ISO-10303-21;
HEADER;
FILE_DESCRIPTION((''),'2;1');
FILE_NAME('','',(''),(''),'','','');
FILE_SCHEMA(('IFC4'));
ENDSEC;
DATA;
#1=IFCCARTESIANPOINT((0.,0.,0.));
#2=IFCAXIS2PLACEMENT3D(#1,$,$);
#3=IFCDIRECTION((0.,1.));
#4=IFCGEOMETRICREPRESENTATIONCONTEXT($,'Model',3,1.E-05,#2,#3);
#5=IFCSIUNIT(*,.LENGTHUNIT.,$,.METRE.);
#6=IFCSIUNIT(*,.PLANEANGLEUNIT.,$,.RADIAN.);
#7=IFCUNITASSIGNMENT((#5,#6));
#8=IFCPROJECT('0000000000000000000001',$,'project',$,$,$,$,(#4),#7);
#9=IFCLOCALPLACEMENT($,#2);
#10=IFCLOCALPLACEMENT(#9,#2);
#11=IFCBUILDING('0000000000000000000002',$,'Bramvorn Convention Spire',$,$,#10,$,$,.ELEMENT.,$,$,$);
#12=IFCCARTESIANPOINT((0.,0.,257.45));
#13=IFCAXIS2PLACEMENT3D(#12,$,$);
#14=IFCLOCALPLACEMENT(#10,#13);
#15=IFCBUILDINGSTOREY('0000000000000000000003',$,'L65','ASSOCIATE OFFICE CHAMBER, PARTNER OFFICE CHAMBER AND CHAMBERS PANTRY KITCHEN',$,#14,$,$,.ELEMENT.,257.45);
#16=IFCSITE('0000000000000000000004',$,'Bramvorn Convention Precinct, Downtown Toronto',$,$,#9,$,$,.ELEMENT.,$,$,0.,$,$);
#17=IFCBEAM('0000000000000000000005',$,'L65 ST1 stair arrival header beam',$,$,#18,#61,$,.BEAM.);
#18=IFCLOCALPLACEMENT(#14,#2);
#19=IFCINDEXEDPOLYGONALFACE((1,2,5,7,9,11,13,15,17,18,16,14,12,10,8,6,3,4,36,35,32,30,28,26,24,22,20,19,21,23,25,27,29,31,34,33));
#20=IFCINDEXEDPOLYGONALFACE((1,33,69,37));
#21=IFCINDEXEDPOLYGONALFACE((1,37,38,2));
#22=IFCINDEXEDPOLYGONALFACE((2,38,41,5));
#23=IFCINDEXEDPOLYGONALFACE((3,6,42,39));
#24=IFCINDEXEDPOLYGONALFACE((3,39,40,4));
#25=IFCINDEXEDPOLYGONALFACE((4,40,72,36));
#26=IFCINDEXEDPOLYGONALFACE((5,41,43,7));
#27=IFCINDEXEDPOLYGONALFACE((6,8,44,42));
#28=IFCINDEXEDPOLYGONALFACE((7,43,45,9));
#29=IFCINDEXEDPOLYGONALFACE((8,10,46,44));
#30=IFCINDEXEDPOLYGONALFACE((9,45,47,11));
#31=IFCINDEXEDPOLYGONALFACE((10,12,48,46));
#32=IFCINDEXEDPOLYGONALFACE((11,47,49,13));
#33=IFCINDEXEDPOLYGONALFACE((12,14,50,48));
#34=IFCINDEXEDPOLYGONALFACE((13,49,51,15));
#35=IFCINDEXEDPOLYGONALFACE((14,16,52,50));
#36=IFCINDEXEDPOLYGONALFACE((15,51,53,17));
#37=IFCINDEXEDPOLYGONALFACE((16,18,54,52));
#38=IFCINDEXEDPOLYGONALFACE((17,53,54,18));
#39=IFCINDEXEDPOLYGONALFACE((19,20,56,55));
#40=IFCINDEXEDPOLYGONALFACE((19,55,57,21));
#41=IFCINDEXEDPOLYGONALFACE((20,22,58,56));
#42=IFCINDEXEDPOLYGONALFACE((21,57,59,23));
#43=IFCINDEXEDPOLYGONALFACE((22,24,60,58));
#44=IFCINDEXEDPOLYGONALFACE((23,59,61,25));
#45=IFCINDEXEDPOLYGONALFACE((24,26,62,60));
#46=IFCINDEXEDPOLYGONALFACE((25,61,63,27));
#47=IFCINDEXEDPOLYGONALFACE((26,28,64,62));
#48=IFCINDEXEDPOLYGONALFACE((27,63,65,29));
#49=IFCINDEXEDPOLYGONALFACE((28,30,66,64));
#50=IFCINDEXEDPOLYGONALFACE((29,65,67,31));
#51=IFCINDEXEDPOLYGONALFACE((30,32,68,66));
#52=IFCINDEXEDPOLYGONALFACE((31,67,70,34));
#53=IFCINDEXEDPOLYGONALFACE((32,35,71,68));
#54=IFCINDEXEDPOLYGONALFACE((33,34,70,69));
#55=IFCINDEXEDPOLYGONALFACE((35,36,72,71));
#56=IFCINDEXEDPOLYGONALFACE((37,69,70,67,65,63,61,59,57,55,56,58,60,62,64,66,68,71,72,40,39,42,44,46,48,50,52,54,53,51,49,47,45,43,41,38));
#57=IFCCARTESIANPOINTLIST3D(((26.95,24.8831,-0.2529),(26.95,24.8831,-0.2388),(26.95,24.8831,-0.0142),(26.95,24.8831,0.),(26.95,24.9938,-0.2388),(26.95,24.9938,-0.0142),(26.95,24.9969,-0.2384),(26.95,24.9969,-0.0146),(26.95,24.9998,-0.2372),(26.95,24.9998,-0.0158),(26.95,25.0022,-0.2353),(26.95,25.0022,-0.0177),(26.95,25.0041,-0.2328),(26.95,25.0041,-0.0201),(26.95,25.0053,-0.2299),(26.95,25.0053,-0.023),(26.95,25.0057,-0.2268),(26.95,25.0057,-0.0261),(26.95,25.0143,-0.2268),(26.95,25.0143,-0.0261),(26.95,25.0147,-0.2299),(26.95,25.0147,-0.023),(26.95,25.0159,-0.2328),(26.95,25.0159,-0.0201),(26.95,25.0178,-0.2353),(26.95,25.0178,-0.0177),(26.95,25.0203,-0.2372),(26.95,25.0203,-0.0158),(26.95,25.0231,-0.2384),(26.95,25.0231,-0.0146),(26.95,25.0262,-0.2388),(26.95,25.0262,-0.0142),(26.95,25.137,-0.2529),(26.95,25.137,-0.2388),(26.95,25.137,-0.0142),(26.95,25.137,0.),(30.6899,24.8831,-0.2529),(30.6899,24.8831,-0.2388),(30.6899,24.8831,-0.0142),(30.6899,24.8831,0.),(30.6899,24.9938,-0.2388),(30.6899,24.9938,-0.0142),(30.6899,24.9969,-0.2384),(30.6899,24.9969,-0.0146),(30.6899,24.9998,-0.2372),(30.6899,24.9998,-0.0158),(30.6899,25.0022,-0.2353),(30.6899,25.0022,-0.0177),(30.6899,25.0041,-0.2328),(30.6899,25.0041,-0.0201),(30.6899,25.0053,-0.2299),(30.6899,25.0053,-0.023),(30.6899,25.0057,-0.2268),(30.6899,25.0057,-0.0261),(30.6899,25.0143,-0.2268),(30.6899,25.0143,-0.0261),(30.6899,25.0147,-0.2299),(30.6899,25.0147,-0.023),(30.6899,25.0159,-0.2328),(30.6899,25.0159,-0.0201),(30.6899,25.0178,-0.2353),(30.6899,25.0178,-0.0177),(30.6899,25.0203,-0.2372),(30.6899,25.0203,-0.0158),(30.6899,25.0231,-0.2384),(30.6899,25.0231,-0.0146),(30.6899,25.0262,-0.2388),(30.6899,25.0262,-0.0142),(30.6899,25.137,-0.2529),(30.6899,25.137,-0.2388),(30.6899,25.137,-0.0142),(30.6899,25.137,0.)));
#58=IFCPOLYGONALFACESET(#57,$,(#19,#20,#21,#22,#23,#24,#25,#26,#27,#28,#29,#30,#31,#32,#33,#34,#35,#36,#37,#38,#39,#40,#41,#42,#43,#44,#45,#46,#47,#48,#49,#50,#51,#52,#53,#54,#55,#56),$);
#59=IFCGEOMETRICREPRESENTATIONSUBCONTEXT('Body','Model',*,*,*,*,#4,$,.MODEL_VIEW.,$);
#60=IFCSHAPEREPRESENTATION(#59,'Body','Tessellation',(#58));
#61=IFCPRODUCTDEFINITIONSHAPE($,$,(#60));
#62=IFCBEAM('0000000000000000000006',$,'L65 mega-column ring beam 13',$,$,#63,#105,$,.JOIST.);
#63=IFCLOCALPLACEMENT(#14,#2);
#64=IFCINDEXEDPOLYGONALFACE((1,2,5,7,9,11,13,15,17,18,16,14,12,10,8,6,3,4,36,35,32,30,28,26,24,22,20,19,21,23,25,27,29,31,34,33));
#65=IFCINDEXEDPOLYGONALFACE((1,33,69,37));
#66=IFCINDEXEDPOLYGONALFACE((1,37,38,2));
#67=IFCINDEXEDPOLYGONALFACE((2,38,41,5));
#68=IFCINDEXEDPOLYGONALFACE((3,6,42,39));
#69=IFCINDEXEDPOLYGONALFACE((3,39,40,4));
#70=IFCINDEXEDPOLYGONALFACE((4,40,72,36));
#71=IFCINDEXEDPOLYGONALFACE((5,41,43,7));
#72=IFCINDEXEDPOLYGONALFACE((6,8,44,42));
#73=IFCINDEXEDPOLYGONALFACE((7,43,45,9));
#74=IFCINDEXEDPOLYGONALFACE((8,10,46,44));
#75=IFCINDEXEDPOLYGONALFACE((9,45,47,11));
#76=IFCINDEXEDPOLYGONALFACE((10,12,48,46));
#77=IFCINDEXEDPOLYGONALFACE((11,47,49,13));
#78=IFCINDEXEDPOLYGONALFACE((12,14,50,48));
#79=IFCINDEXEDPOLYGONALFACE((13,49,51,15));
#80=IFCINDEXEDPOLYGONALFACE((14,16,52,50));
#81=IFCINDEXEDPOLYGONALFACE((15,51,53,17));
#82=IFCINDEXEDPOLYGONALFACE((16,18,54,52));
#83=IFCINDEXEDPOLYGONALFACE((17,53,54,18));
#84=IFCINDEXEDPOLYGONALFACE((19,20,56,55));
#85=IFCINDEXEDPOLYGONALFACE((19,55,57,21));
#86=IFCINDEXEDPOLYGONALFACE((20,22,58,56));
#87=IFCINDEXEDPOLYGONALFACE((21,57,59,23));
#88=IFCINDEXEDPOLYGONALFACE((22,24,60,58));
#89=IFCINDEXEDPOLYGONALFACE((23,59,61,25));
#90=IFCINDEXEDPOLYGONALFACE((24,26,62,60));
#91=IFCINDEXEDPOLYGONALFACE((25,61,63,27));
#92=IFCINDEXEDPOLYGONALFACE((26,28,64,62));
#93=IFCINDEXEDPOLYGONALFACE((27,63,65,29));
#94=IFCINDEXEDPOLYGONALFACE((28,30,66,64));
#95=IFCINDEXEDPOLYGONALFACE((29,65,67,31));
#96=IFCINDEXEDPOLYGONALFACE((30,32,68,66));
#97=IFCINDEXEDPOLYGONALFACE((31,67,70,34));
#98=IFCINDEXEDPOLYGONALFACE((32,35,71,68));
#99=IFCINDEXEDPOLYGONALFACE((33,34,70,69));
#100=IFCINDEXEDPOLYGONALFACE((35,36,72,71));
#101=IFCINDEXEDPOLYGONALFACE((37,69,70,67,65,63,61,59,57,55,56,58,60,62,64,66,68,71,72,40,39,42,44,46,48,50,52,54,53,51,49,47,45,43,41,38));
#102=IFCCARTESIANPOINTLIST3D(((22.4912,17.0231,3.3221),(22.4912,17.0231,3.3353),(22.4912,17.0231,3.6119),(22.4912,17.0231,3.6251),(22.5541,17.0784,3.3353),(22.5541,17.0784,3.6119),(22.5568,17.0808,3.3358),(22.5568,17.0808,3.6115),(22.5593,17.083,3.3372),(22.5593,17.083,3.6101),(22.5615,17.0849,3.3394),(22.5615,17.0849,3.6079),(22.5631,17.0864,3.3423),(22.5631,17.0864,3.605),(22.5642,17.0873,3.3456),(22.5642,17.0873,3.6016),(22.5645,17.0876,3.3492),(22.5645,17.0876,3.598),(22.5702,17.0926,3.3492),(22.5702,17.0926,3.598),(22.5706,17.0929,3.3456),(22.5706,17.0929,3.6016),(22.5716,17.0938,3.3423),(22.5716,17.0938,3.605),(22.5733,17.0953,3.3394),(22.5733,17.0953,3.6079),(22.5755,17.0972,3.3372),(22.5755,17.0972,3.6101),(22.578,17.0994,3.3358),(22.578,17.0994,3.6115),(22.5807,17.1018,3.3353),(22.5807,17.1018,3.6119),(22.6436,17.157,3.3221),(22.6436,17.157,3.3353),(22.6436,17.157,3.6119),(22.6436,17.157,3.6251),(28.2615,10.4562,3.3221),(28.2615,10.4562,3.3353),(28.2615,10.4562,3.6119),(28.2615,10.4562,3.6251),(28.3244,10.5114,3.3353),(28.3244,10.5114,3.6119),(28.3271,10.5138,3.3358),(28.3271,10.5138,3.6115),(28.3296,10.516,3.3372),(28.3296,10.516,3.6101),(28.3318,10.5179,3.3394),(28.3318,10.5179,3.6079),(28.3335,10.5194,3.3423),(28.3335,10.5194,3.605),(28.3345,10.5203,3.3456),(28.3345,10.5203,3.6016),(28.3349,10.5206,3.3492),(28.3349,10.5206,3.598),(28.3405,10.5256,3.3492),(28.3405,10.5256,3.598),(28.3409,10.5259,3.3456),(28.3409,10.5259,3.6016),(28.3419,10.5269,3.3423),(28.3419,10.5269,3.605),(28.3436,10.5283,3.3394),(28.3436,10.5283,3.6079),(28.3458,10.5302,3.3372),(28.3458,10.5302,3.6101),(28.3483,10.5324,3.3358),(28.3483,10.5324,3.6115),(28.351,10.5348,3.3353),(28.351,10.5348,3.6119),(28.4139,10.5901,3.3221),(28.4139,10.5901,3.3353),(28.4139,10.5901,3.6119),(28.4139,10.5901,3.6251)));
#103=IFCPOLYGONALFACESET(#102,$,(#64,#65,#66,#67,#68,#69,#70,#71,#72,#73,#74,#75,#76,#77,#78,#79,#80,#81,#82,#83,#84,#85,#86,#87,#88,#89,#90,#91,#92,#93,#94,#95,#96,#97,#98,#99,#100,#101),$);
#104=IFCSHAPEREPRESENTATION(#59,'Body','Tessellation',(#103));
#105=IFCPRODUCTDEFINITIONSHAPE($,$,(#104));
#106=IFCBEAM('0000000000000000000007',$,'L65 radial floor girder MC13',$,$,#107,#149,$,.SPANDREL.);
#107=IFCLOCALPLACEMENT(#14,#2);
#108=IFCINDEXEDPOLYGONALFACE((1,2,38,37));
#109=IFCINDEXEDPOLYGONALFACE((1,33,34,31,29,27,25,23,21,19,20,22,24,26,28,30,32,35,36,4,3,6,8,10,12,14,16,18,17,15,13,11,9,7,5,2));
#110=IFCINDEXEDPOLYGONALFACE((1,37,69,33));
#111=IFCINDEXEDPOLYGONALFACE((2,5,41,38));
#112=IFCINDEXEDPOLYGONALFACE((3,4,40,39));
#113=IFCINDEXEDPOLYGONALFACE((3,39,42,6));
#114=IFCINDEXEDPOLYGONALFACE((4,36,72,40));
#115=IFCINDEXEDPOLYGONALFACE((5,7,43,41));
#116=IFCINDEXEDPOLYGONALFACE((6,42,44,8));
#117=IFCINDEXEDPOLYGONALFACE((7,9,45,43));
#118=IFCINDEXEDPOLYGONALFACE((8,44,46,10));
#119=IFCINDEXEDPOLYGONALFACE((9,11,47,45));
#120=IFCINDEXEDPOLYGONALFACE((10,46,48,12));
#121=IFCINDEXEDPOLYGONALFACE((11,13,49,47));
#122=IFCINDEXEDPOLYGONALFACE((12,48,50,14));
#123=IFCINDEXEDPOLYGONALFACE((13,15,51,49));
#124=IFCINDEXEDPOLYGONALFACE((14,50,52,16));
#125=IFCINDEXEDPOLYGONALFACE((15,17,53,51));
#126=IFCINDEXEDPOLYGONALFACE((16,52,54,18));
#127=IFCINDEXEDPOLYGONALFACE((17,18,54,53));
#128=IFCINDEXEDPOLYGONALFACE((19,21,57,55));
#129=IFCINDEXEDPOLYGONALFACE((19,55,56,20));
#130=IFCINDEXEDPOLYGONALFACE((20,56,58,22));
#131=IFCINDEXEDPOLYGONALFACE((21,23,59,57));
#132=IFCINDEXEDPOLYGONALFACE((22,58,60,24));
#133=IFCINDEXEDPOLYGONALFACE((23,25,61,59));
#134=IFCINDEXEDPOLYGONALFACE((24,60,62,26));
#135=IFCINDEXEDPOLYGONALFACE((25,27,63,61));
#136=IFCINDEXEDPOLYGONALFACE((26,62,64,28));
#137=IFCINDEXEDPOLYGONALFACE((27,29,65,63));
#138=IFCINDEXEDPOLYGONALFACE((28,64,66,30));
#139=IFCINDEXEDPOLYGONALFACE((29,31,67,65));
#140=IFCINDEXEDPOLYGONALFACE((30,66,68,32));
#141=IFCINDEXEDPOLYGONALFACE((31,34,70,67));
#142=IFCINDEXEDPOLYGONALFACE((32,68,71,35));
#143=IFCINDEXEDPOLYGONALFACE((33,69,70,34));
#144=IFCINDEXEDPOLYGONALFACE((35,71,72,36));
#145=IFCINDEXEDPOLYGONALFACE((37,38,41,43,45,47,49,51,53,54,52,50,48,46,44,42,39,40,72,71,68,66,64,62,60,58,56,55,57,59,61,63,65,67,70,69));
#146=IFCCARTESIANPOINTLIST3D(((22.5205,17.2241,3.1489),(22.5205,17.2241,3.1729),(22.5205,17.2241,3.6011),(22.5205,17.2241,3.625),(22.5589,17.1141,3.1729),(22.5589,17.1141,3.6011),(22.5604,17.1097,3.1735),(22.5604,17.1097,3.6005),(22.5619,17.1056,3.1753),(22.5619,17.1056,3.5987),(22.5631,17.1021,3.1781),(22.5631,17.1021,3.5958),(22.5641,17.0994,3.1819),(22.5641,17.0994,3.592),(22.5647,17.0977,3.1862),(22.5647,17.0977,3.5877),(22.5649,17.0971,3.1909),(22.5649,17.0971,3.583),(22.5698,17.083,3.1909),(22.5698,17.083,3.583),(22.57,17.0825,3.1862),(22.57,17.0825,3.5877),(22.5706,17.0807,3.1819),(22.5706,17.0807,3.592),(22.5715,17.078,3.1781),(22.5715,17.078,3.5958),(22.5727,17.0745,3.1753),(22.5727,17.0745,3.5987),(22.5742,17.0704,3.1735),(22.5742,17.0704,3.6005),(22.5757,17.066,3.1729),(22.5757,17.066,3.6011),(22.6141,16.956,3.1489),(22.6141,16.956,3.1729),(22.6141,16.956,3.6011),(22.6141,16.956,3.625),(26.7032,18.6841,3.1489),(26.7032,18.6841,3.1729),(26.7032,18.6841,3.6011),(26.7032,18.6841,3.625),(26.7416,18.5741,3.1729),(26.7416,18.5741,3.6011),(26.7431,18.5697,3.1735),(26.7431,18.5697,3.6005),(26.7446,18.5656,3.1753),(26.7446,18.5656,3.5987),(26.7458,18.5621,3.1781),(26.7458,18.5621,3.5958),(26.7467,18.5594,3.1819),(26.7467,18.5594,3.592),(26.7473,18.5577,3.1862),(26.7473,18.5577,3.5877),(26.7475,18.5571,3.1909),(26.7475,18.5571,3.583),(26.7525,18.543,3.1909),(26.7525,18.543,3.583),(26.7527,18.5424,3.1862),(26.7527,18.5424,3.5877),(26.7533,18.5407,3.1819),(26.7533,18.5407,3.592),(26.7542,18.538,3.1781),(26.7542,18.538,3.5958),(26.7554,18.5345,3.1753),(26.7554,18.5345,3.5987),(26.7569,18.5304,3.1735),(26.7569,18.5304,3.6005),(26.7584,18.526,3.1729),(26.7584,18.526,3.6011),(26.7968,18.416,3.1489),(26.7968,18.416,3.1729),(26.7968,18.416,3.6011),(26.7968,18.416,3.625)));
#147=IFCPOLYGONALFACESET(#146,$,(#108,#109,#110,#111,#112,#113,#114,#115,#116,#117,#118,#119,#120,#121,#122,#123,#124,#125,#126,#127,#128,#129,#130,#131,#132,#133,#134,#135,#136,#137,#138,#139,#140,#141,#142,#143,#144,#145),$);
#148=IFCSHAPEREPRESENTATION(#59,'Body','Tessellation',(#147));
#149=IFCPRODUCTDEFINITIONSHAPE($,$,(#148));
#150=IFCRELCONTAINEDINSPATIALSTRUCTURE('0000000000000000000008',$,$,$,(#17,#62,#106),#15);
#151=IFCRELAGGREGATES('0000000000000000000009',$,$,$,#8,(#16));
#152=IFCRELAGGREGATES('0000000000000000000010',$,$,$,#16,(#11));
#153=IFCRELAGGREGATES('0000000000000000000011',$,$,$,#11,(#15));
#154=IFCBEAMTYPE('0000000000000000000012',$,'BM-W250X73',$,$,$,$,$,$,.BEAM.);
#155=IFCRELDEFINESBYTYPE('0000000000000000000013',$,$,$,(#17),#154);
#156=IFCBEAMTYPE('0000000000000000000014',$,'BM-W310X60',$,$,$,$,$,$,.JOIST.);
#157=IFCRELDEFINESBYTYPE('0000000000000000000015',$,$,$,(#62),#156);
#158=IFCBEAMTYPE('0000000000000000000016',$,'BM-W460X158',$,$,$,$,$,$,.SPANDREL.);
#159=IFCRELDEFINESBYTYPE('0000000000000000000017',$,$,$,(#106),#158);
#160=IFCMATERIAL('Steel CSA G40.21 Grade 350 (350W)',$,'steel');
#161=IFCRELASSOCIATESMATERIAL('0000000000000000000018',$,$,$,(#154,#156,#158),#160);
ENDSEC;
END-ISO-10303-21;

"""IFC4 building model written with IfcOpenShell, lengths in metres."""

from ifc_helpers import new_model, si_unit, direction, frame, origin, origin_2d, place, context, subcontext, project, spatial, i_section, extrude, material, material_profile, profile_set, type_object, element, save


model = new_model("IFC4")

# Units and contexts
model_context = context("Model", 3, precision=1e-05, world=origin(), true_north=direction((0.0, 1.0)))
body_context = subcontext(model_context, "Body", "Model", "MODEL_VIEW")
ifc_project = project(units=[si_unit("LENGTHUNIT", "METRE"), si_unit("PLANEANGLEUNIT", "RADIAN")], contexts=[model_context])

# Site, building, storey
site_placement = place(None, origin())
site = spatial("IfcSite", under=ifc_project, at=site_placement, Name="Bramvorn Convention Precinct, Downtown Toronto", CompositionType="ELEMENT", RefElevation=0.0)
building_placement = place(site_placement, origin())
building = spatial("IfcBuilding", under=site, at=building_placement, Name="Bramvorn Convention Spire", CompositionType="ELEMENT")
storey_placement = place(building_placement, frame((0.0, 0.0, 257.45)))
storey = spatial("IfcBuildingStorey", under=building, at=storey_placement, Name="L65", Description="ASSOCIATE OFFICE CHAMBER, PARTNER OFFICE CHAMBER AND CHAMBERS PANTRY KITCHEN", CompositionType="ELEMENT", Elevation=257.45)

# Shared definitions
ifc_material_1 = material(Name="Steel CSA G40.21 Grade 350 (350W)", Category="steel")

# Beams
ifc_material_profile_1 = material_profile(ifc_material_1, i_section(OverallWidth=0.2539, OverallDepth=0.2529, WebThickness=0.0085, FlangeThickness=0.0142, FilletRadius=0.012, at=origin_2d()))
ifc_profile_set_1 = profile_set([ifc_material_profile_1], Name="Steel CSA G40.21 Grade 350 (350W) - W250X73")
beam_type_1 = type_object("IfcBeamType", Name="BM-W250X73", PredefinedType="BEAM", material=ifc_profile_set_1)
beam_1_placement = place(storey_placement, frame((26.95, 25.01, -0.1265), z_axis=(1.0, 0.0, 0.0), x_axis=(0.0, 1.0, 0.0)))
element("IfcBeam", 1, at=beam_1_placement, inside=storey, type_object=beam_type_1, Name="L65 ST1 stair arrival header beam", PredefinedType="BEAM", context=body_context, shape_type="SweptSolid", body=[
    extrude(i_section(OverallWidth=0.2539, OverallDepth=0.2529, WebThickness=0.0085, FlangeThickness=0.0142, FilletRadius=0.012, at=origin_2d()), origin(), (0.0, 0.0, 1.0), 3.74),
])
ifc_material_profile_2 = material_profile(ifc_material_1, i_section(OverallWidth=0.2029, OverallDepth=0.303, WebThickness=0.0076, FlangeThickness=0.0132, FilletRadius=0.0139, at=origin_2d()))
ifc_profile_set_2 = profile_set([ifc_material_profile_2], Name="Steel CSA G40.21 Grade 350 (350W) - W310X60")
beam_type_2 = type_object("IfcBeamType", Name="BM-W310X60", PredefinedType="JOIST", material=ifc_profile_set_2)
beam_2_placement = place(storey_placement, frame((22.5674, 17.0901, 3.4736), z_axis=(0.660073, -0.751201, 0.0), x_axis=(0.751201, 0.660073, 0.0)))
element("IfcBeam", 2, at=beam_2_placement, inside=storey, type_object=beam_type_2, Name="L65 mega-column ring beam 13", PredefinedType="JOIST", context=body_context, shape_type="SweptSolid", body=[
    extrude(i_section(OverallWidth=0.2029, OverallDepth=0.303, WebThickness=0.0076, FlangeThickness=0.0132, FilletRadius=0.0139, at=origin_2d()), origin(), (0.0, 0.0, 1.0), 8.7419),
])
ifc_material_profile_3 = material_profile(ifc_material_1, i_section(OverallWidth=0.2839, OverallDepth=0.4761, WebThickness=0.0149, FlangeThickness=0.0239, FilletRadius=0.0181, at=origin_2d()))
ifc_profile_set_3 = profile_set([ifc_material_profile_3], Name="Steel CSA G40.21 Grade 350 (350W) - W460X158")
beam_type_3 = type_object("IfcBeamType", Name="BM-W460X158", PredefinedType="SPANDREL", material=ifc_profile_set_3)
beam_3_placement = place(storey_placement, frame((26.75, 18.55, 3.387), z_axis=(-0.944136, -0.329555, 0.0), x_axis=(0.329555, -0.944136, 0.0)))
element("IfcBeam", 3, at=beam_3_placement, inside=storey, type_object=beam_type_3, Name="L65 radial floor girder MC13", PredefinedType="SPANDREL", context=body_context, shape_type="SweptSolid", body=[
    extrude(i_section(OverallWidth=0.2839, OverallDepth=0.4761, WebThickness=0.0149, FlangeThickness=0.0239, FilletRadius=0.0181, at=origin_2d()), origin(), (0.0, 0.0, 1.0), 4.4302),
])

save(model, "model.ifc")
